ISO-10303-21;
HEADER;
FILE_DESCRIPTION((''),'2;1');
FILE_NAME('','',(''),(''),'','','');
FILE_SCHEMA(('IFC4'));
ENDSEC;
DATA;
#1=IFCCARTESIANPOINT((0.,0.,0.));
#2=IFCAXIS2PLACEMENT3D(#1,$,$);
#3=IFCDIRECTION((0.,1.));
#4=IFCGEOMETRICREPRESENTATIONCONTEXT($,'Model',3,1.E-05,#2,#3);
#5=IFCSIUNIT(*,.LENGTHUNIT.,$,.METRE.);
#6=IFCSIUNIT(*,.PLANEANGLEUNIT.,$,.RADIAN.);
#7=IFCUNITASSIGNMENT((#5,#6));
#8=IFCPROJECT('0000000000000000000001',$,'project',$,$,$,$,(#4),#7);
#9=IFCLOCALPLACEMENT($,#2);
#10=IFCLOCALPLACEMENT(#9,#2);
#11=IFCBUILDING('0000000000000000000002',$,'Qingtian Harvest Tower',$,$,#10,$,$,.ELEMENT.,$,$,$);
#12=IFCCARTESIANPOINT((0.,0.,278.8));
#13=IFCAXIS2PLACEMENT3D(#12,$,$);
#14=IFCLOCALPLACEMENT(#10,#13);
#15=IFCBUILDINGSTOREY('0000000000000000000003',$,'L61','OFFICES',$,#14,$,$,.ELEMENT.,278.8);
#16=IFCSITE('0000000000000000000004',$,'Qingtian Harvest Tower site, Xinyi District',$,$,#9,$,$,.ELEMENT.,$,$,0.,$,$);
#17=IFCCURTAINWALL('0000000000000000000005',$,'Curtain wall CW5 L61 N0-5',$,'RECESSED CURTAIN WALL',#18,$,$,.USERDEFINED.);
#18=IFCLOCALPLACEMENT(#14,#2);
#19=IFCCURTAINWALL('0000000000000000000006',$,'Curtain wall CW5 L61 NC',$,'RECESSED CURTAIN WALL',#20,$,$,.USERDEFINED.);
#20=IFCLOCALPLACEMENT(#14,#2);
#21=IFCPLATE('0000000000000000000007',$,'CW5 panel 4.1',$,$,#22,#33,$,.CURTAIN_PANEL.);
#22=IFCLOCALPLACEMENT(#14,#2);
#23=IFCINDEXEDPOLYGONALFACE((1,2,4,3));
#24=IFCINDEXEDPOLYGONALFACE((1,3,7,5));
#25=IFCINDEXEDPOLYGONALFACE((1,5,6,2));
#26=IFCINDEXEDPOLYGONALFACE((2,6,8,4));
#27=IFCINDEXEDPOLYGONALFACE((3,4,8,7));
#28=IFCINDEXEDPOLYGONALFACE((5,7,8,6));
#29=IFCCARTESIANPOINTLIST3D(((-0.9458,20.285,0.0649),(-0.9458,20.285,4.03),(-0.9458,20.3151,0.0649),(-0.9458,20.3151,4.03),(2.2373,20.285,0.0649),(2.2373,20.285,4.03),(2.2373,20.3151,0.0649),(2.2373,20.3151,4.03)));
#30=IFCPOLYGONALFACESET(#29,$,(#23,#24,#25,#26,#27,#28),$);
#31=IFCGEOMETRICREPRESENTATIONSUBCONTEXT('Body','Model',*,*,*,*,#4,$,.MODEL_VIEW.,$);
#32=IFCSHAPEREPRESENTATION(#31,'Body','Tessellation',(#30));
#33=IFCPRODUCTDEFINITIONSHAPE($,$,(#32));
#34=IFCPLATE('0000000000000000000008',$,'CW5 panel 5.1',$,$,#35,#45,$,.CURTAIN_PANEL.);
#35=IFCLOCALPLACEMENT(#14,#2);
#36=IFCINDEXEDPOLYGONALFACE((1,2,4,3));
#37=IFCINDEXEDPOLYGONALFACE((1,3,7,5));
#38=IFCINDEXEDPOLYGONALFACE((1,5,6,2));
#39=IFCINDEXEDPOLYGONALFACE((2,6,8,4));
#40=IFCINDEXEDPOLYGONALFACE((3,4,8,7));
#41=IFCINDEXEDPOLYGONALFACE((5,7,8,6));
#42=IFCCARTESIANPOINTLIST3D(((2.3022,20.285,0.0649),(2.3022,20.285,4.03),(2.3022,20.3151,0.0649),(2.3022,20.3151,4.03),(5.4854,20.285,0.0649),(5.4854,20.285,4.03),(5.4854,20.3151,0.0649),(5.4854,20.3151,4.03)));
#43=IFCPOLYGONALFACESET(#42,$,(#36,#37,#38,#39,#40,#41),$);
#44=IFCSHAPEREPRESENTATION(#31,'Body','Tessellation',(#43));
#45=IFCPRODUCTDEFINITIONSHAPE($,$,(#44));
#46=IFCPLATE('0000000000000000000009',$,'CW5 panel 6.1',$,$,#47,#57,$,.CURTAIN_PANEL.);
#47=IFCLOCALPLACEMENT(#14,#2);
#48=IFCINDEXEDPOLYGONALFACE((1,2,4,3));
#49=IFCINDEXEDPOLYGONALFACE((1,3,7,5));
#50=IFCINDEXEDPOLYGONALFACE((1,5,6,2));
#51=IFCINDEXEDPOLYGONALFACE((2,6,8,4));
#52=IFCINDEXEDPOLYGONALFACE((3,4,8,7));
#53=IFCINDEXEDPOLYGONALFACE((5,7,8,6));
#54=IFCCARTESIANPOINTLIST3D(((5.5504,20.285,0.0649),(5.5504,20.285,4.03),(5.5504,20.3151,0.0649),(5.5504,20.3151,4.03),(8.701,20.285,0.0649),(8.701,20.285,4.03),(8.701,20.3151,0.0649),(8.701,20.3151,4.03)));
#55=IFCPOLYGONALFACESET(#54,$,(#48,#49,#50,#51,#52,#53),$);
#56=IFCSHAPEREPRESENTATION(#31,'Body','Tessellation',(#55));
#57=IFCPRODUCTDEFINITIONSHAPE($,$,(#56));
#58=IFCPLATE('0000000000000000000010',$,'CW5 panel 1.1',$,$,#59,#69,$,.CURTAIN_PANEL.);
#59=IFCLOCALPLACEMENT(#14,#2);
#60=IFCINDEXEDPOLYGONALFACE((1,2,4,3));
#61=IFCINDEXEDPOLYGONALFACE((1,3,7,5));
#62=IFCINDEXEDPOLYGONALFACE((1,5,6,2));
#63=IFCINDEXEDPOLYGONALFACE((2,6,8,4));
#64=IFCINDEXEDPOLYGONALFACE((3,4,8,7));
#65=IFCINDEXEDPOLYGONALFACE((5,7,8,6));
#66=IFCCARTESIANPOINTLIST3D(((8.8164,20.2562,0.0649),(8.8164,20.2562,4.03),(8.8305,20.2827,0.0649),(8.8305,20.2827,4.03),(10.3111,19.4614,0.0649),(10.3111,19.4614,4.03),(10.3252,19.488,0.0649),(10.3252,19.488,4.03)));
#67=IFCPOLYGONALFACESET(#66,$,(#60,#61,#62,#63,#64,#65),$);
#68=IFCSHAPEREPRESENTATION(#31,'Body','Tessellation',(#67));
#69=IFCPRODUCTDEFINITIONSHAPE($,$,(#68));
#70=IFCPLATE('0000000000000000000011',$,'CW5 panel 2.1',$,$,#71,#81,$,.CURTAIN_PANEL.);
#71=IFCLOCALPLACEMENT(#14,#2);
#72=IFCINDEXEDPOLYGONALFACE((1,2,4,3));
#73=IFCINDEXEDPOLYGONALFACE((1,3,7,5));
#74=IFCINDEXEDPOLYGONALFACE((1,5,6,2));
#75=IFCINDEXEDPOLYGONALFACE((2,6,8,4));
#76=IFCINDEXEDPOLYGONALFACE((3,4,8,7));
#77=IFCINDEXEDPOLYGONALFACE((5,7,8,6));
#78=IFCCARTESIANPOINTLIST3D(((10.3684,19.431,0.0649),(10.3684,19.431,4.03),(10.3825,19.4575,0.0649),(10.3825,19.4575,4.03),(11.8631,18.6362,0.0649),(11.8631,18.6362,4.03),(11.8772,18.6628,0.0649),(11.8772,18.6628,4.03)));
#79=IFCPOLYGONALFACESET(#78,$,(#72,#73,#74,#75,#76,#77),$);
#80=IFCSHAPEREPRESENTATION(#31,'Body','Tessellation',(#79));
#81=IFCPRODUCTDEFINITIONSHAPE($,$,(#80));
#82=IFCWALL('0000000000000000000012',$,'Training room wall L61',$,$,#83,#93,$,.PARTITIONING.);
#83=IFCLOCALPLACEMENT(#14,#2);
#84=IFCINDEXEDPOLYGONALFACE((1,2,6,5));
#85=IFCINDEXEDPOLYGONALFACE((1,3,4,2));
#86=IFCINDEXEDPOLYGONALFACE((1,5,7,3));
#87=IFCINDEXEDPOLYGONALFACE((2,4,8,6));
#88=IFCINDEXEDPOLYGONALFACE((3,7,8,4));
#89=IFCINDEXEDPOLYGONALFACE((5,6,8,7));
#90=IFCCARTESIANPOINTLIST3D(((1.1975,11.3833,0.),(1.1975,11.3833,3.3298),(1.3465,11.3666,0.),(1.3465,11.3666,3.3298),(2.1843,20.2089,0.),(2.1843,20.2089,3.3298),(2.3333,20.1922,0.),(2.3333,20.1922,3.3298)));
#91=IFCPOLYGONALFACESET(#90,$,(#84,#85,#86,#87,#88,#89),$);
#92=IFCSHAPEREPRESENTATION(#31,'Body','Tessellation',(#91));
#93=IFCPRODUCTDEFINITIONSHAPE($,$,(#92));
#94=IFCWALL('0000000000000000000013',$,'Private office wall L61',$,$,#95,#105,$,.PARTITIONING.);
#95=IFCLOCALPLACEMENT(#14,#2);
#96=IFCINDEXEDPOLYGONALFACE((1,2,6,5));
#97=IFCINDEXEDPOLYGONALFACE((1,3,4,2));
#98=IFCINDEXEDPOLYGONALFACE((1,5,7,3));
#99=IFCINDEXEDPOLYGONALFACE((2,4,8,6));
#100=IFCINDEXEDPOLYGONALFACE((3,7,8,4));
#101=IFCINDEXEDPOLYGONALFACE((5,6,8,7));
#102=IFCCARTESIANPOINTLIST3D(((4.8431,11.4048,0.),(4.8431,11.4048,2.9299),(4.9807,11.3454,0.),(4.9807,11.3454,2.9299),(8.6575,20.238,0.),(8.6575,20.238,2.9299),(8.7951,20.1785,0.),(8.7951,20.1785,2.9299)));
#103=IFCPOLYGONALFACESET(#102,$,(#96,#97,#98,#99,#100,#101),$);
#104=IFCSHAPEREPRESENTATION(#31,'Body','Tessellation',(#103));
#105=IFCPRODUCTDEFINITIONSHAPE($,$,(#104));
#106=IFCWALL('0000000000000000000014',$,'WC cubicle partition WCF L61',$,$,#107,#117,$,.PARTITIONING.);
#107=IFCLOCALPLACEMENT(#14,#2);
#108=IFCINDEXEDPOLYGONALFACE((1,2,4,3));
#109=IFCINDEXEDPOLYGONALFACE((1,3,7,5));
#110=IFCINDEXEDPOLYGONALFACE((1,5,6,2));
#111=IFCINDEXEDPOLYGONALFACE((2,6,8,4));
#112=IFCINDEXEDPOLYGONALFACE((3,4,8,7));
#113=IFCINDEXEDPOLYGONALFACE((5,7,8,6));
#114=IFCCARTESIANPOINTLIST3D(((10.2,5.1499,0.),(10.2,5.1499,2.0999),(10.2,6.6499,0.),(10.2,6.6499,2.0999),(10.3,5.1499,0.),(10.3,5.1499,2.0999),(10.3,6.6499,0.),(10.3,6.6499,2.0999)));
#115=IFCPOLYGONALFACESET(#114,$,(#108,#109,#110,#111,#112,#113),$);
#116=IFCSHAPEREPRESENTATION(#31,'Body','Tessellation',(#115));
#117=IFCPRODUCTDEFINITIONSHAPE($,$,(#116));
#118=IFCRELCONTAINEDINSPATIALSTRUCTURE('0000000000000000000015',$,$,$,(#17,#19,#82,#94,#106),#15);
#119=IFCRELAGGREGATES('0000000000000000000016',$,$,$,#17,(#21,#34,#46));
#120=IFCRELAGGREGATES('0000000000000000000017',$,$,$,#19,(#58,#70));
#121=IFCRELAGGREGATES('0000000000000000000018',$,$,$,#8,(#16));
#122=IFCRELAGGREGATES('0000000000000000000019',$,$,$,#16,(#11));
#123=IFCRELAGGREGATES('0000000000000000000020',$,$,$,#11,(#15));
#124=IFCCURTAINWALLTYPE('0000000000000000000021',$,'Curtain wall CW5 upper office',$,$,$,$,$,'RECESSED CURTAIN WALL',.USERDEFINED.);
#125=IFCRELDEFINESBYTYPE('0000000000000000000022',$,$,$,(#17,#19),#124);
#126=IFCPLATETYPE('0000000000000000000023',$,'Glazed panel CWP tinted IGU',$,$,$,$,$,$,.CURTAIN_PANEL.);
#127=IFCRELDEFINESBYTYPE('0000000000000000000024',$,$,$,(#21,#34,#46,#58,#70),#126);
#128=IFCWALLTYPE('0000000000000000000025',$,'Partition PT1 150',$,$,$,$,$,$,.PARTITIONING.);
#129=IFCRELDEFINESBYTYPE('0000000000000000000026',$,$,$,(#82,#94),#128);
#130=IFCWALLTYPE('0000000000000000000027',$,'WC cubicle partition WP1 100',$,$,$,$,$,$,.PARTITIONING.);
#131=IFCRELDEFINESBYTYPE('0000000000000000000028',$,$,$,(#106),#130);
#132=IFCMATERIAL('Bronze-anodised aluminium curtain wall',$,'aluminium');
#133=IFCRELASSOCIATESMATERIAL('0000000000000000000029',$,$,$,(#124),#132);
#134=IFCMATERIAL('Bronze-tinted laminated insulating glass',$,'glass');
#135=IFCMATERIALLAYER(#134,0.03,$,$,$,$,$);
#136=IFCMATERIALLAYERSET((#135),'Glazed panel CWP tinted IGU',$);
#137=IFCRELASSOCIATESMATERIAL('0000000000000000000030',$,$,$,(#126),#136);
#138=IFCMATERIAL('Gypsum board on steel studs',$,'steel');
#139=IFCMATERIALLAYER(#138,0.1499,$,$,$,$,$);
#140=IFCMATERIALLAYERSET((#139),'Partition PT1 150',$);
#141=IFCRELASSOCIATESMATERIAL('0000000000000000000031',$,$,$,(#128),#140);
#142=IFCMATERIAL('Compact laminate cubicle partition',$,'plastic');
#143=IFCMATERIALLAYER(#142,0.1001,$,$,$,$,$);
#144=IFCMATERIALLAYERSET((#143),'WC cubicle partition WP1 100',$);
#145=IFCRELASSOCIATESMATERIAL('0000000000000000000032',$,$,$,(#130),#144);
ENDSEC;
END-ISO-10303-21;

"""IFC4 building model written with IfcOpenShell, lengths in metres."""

from ifc_helpers import new_model, si_unit, direction, frame, frame_2d, origin, origin_2d, place, context, subcontext, project, spatial, rectangle, extrude, material, layer, layer_set, type_object, element, aggregate, save


model = new_model("IFC4")

# Units and contexts
model_context = context("Model", 3, precision=1e-05, world=origin(), true_north=direction((0.0, 1.0)))
body_context = subcontext(model_context, "Body", "Model", "MODEL_VIEW")
ifc_project = project(units=[si_unit("LENGTHUNIT", "METRE"), si_unit("PLANEANGLEUNIT", "RADIAN")], contexts=[model_context])

# Site, building, storey
site_placement = place(None, origin())
site = spatial("IfcSite", under=ifc_project, at=site_placement, Name="Qingtian Harvest Tower site, Xinyi District", CompositionType="ELEMENT", RefElevation=0.0)
building_placement = place(site_placement, origin())
building = spatial("IfcBuilding", under=site, at=building_placement, Name="Qingtian Harvest Tower", CompositionType="ELEMENT")
storey_placement = place(building_placement, frame((0.0, 0.0, 278.8)))
storey = spatial("IfcBuildingStorey", under=building, at=storey_placement, Name="L61", Description="OFFICES", CompositionType="ELEMENT", Elevation=278.8)

# Curtain walls
ifc_material_1 = material(Name="Bronze-anodised aluminium curtain wall", Category="aluminium")
curtain_wall_type = type_object("IfcCurtainWallType", Name="Curtain wall CW5 upper office", ElementType="RECESSED CURTAIN WALL", PredefinedType="USERDEFINED", material=ifc_material_1)
curtain_wall_1_placement = place(storey_placement, origin())
curtain_wall_1 = element("IfcCurtainWall", 1, at=curtain_wall_1_placement, inside=storey, type_object=curtain_wall_type, Name="Curtain wall CW5 L61 N0-5", ObjectType="RECESSED CURTAIN WALL", PredefinedType="USERDEFINED")
curtain_wall_2_placement = place(storey_placement, origin())
curtain_wall_2 = element("IfcCurtainWall", 2, at=curtain_wall_2_placement, inside=storey, type_object=curtain_wall_type, Name="Curtain wall CW5 L61 NC", ObjectType="RECESSED CURTAIN WALL", PredefinedType="USERDEFINED")

# Plates
ifc_material_2 = material(Name="Bronze-tinted laminated insulating glass", Category="glass")
ifc_layer_1 = layer(ifc_material_2, 0.03)
ifc_layer_set_1 = layer_set([ifc_layer_1], Name="Glazed panel CWP tinted IGU")
plate_type = type_object("IfcPlateType", Name="Glazed panel CWP tinted IGU", PredefinedType="CURTAIN_PANEL", material=ifc_layer_set_1)
plate_1_placement = place(storey_placement, frame((0.6458, 20.3, 0.0649), z_axis=(0.0, 0.0, 1.0), x_axis=(1.0, 0.0, 0.0)))
plate_1 = element("IfcPlate", 3, at=plate_1_placement, type_object=plate_type, Name="CW5 panel 4.1", PredefinedType="CURTAIN_PANEL", context=body_context, shape_type="SweptSolid", body=[
    extrude(rectangle(XDim=3.1831, YDim=0.03, at=origin_2d()), origin(), (0.0, 0.0, 1.0), 3.9651),
])
plate_2_placement = place(storey_placement, frame((3.8938, 20.3, 0.0649), z_axis=(0.0, 0.0, 1.0), x_axis=(1.0, 0.0, 0.0)))
plate_2 = element("IfcPlate", 4, at=plate_2_placement, type_object=plate_type, Name="CW5 panel 5.1", PredefinedType="CURTAIN_PANEL", context=body_context, shape_type="SweptSolid", body=[
    extrude(rectangle(XDim=3.1831, YDim=0.03, at=origin_2d()), origin(), (0.0, 0.0, 1.0), 3.9651),
])
plate_3_placement = place(storey_placement, frame((7.1257, 20.3, 0.0649), z_axis=(0.0, 0.0, 1.0), x_axis=(1.0, 0.0, 0.0)))
plate_3 = element("IfcPlate", 5, at=plate_3_placement, type_object=plate_type, Name="CW5 panel 6.1", PredefinedType="CURTAIN_PANEL", context=body_context, shape_type="SweptSolid", body=[
    extrude(rectangle(XDim=3.1506, YDim=0.03, at=origin_2d()), origin(), (0.0, 0.0, 1.0), 3.9651),
])
aggregate(curtain_wall_1, [plate_1, plate_2, plate_3])
plate_4_placement = place(storey_placement, frame((9.5708, 19.8721, 0.0649), z_axis=(0.0, 0.0, 1.0), x_axis=(0.882948, -0.469472, 0.0)))
plate_4 = element("IfcPlate", 6, at=plate_4_placement, type_object=plate_type, Name="CW5 panel 1.1", PredefinedType="CURTAIN_PANEL", context=body_context, shape_type="SweptSolid", body=[
    extrude(rectangle(XDim=1.6929, YDim=0.03, at=origin_2d()), origin(), (0.0, 0.0, 1.0), 3.9651),
])
plate_5_placement = place(storey_placement, frame((11.1228, 19.0469, 0.0649), z_axis=(0.0, 0.0, 1.0), x_axis=(0.882948, -0.469472, 0.0)))
plate_5 = element("IfcPlate", 7, at=plate_5_placement, type_object=plate_type, Name="CW5 panel 2.1", PredefinedType="CURTAIN_PANEL", context=body_context, shape_type="SweptSolid", body=[
    extrude(rectangle(XDim=1.6929, YDim=0.03, at=origin_2d()), origin(), (0.0, 0.0, 1.0), 3.9651),
])
aggregate(curtain_wall_2, [plate_4, plate_5])

# Wall
ifc_material_3 = material(Name="Gypsum board on steel studs", Category="steel")
ifc_layer_2 = layer(ifc_material_3, 0.1499)
ifc_layer_set_2 = layer_set([ifc_layer_2], Name="Partition PT1 150")
wall_type_1 = type_object("IfcWallType", Name="Partition PT1 150", PredefinedType="PARTITIONING", material=ifc_layer_set_2)
wall_1_placement = place(storey_placement, frame((2.2588, 20.2007, 0.0), z_axis=(0.0, 0.0, 1.0), x_axis=(-0.111119, -0.993807, 0.0)))
element("IfcWall", 8, at=wall_1_placement, inside=storey, type_object=wall_type_1, Name="Training room wall L61", PredefinedType="PARTITIONING", context=body_context, shape_type="SweptSolid", body=[
    extrude(rectangle(XDim=8.8806, YDim=0.1499, at=frame_2d((4.4404, 0.0))), origin(), (0.0, 0.0, 1.0), 3.3298),
])

# Wall
wall_2_placement = place(storey_placement, frame((8.7263, 20.2083, 0.0), z_axis=(0.0, 0.0, 1.0), x_axis=(-0.396444, -0.918059, 0.0)))
element("IfcWall", 9, at=wall_2_placement, inside=storey, type_object=wall_type_1, Name="Private office wall L61", PredefinedType="PARTITIONING", context=body_context, shape_type="SweptSolid", body=[
    extrude(rectangle(XDim=9.6216, YDim=0.1499, at=frame_2d((4.8108, 0.0))), origin(), (0.0, 0.0, 1.0), 2.9299),
])

# Wall
ifc_material_4 = material(Name="Compact laminate cubicle partition", Category="plastic")
ifc_layer_3 = layer(ifc_material_4, 0.1001)
ifc_layer_set_3 = layer_set([ifc_layer_3], Name="WC cubicle partition WP1 100")
wall_type_2 = type_object("IfcWallType", Name="WC cubicle partition WP1 100", PredefinedType="PARTITIONING", material=ifc_layer_set_3)
wall_3_placement = place(storey_placement, frame((10.25, 5.1499, 0.0), z_axis=(0.0, 0.0, 1.0), x_axis=(0.0, 1.0, 0.0)))
element("IfcWall", 10, at=wall_3_placement, inside=storey, type_object=wall_type_2, Name="WC cubicle partition WCF L61", PredefinedType="PARTITIONING", context=body_context, shape_type="SweptSolid", body=[
    extrude(rectangle(XDim=1.5, YDim=0.1001, at=frame_2d((0.75, 0.0))), origin(), (0.0, 0.0, 1.0), 2.0999),
])

save(model, "model.ifc")
